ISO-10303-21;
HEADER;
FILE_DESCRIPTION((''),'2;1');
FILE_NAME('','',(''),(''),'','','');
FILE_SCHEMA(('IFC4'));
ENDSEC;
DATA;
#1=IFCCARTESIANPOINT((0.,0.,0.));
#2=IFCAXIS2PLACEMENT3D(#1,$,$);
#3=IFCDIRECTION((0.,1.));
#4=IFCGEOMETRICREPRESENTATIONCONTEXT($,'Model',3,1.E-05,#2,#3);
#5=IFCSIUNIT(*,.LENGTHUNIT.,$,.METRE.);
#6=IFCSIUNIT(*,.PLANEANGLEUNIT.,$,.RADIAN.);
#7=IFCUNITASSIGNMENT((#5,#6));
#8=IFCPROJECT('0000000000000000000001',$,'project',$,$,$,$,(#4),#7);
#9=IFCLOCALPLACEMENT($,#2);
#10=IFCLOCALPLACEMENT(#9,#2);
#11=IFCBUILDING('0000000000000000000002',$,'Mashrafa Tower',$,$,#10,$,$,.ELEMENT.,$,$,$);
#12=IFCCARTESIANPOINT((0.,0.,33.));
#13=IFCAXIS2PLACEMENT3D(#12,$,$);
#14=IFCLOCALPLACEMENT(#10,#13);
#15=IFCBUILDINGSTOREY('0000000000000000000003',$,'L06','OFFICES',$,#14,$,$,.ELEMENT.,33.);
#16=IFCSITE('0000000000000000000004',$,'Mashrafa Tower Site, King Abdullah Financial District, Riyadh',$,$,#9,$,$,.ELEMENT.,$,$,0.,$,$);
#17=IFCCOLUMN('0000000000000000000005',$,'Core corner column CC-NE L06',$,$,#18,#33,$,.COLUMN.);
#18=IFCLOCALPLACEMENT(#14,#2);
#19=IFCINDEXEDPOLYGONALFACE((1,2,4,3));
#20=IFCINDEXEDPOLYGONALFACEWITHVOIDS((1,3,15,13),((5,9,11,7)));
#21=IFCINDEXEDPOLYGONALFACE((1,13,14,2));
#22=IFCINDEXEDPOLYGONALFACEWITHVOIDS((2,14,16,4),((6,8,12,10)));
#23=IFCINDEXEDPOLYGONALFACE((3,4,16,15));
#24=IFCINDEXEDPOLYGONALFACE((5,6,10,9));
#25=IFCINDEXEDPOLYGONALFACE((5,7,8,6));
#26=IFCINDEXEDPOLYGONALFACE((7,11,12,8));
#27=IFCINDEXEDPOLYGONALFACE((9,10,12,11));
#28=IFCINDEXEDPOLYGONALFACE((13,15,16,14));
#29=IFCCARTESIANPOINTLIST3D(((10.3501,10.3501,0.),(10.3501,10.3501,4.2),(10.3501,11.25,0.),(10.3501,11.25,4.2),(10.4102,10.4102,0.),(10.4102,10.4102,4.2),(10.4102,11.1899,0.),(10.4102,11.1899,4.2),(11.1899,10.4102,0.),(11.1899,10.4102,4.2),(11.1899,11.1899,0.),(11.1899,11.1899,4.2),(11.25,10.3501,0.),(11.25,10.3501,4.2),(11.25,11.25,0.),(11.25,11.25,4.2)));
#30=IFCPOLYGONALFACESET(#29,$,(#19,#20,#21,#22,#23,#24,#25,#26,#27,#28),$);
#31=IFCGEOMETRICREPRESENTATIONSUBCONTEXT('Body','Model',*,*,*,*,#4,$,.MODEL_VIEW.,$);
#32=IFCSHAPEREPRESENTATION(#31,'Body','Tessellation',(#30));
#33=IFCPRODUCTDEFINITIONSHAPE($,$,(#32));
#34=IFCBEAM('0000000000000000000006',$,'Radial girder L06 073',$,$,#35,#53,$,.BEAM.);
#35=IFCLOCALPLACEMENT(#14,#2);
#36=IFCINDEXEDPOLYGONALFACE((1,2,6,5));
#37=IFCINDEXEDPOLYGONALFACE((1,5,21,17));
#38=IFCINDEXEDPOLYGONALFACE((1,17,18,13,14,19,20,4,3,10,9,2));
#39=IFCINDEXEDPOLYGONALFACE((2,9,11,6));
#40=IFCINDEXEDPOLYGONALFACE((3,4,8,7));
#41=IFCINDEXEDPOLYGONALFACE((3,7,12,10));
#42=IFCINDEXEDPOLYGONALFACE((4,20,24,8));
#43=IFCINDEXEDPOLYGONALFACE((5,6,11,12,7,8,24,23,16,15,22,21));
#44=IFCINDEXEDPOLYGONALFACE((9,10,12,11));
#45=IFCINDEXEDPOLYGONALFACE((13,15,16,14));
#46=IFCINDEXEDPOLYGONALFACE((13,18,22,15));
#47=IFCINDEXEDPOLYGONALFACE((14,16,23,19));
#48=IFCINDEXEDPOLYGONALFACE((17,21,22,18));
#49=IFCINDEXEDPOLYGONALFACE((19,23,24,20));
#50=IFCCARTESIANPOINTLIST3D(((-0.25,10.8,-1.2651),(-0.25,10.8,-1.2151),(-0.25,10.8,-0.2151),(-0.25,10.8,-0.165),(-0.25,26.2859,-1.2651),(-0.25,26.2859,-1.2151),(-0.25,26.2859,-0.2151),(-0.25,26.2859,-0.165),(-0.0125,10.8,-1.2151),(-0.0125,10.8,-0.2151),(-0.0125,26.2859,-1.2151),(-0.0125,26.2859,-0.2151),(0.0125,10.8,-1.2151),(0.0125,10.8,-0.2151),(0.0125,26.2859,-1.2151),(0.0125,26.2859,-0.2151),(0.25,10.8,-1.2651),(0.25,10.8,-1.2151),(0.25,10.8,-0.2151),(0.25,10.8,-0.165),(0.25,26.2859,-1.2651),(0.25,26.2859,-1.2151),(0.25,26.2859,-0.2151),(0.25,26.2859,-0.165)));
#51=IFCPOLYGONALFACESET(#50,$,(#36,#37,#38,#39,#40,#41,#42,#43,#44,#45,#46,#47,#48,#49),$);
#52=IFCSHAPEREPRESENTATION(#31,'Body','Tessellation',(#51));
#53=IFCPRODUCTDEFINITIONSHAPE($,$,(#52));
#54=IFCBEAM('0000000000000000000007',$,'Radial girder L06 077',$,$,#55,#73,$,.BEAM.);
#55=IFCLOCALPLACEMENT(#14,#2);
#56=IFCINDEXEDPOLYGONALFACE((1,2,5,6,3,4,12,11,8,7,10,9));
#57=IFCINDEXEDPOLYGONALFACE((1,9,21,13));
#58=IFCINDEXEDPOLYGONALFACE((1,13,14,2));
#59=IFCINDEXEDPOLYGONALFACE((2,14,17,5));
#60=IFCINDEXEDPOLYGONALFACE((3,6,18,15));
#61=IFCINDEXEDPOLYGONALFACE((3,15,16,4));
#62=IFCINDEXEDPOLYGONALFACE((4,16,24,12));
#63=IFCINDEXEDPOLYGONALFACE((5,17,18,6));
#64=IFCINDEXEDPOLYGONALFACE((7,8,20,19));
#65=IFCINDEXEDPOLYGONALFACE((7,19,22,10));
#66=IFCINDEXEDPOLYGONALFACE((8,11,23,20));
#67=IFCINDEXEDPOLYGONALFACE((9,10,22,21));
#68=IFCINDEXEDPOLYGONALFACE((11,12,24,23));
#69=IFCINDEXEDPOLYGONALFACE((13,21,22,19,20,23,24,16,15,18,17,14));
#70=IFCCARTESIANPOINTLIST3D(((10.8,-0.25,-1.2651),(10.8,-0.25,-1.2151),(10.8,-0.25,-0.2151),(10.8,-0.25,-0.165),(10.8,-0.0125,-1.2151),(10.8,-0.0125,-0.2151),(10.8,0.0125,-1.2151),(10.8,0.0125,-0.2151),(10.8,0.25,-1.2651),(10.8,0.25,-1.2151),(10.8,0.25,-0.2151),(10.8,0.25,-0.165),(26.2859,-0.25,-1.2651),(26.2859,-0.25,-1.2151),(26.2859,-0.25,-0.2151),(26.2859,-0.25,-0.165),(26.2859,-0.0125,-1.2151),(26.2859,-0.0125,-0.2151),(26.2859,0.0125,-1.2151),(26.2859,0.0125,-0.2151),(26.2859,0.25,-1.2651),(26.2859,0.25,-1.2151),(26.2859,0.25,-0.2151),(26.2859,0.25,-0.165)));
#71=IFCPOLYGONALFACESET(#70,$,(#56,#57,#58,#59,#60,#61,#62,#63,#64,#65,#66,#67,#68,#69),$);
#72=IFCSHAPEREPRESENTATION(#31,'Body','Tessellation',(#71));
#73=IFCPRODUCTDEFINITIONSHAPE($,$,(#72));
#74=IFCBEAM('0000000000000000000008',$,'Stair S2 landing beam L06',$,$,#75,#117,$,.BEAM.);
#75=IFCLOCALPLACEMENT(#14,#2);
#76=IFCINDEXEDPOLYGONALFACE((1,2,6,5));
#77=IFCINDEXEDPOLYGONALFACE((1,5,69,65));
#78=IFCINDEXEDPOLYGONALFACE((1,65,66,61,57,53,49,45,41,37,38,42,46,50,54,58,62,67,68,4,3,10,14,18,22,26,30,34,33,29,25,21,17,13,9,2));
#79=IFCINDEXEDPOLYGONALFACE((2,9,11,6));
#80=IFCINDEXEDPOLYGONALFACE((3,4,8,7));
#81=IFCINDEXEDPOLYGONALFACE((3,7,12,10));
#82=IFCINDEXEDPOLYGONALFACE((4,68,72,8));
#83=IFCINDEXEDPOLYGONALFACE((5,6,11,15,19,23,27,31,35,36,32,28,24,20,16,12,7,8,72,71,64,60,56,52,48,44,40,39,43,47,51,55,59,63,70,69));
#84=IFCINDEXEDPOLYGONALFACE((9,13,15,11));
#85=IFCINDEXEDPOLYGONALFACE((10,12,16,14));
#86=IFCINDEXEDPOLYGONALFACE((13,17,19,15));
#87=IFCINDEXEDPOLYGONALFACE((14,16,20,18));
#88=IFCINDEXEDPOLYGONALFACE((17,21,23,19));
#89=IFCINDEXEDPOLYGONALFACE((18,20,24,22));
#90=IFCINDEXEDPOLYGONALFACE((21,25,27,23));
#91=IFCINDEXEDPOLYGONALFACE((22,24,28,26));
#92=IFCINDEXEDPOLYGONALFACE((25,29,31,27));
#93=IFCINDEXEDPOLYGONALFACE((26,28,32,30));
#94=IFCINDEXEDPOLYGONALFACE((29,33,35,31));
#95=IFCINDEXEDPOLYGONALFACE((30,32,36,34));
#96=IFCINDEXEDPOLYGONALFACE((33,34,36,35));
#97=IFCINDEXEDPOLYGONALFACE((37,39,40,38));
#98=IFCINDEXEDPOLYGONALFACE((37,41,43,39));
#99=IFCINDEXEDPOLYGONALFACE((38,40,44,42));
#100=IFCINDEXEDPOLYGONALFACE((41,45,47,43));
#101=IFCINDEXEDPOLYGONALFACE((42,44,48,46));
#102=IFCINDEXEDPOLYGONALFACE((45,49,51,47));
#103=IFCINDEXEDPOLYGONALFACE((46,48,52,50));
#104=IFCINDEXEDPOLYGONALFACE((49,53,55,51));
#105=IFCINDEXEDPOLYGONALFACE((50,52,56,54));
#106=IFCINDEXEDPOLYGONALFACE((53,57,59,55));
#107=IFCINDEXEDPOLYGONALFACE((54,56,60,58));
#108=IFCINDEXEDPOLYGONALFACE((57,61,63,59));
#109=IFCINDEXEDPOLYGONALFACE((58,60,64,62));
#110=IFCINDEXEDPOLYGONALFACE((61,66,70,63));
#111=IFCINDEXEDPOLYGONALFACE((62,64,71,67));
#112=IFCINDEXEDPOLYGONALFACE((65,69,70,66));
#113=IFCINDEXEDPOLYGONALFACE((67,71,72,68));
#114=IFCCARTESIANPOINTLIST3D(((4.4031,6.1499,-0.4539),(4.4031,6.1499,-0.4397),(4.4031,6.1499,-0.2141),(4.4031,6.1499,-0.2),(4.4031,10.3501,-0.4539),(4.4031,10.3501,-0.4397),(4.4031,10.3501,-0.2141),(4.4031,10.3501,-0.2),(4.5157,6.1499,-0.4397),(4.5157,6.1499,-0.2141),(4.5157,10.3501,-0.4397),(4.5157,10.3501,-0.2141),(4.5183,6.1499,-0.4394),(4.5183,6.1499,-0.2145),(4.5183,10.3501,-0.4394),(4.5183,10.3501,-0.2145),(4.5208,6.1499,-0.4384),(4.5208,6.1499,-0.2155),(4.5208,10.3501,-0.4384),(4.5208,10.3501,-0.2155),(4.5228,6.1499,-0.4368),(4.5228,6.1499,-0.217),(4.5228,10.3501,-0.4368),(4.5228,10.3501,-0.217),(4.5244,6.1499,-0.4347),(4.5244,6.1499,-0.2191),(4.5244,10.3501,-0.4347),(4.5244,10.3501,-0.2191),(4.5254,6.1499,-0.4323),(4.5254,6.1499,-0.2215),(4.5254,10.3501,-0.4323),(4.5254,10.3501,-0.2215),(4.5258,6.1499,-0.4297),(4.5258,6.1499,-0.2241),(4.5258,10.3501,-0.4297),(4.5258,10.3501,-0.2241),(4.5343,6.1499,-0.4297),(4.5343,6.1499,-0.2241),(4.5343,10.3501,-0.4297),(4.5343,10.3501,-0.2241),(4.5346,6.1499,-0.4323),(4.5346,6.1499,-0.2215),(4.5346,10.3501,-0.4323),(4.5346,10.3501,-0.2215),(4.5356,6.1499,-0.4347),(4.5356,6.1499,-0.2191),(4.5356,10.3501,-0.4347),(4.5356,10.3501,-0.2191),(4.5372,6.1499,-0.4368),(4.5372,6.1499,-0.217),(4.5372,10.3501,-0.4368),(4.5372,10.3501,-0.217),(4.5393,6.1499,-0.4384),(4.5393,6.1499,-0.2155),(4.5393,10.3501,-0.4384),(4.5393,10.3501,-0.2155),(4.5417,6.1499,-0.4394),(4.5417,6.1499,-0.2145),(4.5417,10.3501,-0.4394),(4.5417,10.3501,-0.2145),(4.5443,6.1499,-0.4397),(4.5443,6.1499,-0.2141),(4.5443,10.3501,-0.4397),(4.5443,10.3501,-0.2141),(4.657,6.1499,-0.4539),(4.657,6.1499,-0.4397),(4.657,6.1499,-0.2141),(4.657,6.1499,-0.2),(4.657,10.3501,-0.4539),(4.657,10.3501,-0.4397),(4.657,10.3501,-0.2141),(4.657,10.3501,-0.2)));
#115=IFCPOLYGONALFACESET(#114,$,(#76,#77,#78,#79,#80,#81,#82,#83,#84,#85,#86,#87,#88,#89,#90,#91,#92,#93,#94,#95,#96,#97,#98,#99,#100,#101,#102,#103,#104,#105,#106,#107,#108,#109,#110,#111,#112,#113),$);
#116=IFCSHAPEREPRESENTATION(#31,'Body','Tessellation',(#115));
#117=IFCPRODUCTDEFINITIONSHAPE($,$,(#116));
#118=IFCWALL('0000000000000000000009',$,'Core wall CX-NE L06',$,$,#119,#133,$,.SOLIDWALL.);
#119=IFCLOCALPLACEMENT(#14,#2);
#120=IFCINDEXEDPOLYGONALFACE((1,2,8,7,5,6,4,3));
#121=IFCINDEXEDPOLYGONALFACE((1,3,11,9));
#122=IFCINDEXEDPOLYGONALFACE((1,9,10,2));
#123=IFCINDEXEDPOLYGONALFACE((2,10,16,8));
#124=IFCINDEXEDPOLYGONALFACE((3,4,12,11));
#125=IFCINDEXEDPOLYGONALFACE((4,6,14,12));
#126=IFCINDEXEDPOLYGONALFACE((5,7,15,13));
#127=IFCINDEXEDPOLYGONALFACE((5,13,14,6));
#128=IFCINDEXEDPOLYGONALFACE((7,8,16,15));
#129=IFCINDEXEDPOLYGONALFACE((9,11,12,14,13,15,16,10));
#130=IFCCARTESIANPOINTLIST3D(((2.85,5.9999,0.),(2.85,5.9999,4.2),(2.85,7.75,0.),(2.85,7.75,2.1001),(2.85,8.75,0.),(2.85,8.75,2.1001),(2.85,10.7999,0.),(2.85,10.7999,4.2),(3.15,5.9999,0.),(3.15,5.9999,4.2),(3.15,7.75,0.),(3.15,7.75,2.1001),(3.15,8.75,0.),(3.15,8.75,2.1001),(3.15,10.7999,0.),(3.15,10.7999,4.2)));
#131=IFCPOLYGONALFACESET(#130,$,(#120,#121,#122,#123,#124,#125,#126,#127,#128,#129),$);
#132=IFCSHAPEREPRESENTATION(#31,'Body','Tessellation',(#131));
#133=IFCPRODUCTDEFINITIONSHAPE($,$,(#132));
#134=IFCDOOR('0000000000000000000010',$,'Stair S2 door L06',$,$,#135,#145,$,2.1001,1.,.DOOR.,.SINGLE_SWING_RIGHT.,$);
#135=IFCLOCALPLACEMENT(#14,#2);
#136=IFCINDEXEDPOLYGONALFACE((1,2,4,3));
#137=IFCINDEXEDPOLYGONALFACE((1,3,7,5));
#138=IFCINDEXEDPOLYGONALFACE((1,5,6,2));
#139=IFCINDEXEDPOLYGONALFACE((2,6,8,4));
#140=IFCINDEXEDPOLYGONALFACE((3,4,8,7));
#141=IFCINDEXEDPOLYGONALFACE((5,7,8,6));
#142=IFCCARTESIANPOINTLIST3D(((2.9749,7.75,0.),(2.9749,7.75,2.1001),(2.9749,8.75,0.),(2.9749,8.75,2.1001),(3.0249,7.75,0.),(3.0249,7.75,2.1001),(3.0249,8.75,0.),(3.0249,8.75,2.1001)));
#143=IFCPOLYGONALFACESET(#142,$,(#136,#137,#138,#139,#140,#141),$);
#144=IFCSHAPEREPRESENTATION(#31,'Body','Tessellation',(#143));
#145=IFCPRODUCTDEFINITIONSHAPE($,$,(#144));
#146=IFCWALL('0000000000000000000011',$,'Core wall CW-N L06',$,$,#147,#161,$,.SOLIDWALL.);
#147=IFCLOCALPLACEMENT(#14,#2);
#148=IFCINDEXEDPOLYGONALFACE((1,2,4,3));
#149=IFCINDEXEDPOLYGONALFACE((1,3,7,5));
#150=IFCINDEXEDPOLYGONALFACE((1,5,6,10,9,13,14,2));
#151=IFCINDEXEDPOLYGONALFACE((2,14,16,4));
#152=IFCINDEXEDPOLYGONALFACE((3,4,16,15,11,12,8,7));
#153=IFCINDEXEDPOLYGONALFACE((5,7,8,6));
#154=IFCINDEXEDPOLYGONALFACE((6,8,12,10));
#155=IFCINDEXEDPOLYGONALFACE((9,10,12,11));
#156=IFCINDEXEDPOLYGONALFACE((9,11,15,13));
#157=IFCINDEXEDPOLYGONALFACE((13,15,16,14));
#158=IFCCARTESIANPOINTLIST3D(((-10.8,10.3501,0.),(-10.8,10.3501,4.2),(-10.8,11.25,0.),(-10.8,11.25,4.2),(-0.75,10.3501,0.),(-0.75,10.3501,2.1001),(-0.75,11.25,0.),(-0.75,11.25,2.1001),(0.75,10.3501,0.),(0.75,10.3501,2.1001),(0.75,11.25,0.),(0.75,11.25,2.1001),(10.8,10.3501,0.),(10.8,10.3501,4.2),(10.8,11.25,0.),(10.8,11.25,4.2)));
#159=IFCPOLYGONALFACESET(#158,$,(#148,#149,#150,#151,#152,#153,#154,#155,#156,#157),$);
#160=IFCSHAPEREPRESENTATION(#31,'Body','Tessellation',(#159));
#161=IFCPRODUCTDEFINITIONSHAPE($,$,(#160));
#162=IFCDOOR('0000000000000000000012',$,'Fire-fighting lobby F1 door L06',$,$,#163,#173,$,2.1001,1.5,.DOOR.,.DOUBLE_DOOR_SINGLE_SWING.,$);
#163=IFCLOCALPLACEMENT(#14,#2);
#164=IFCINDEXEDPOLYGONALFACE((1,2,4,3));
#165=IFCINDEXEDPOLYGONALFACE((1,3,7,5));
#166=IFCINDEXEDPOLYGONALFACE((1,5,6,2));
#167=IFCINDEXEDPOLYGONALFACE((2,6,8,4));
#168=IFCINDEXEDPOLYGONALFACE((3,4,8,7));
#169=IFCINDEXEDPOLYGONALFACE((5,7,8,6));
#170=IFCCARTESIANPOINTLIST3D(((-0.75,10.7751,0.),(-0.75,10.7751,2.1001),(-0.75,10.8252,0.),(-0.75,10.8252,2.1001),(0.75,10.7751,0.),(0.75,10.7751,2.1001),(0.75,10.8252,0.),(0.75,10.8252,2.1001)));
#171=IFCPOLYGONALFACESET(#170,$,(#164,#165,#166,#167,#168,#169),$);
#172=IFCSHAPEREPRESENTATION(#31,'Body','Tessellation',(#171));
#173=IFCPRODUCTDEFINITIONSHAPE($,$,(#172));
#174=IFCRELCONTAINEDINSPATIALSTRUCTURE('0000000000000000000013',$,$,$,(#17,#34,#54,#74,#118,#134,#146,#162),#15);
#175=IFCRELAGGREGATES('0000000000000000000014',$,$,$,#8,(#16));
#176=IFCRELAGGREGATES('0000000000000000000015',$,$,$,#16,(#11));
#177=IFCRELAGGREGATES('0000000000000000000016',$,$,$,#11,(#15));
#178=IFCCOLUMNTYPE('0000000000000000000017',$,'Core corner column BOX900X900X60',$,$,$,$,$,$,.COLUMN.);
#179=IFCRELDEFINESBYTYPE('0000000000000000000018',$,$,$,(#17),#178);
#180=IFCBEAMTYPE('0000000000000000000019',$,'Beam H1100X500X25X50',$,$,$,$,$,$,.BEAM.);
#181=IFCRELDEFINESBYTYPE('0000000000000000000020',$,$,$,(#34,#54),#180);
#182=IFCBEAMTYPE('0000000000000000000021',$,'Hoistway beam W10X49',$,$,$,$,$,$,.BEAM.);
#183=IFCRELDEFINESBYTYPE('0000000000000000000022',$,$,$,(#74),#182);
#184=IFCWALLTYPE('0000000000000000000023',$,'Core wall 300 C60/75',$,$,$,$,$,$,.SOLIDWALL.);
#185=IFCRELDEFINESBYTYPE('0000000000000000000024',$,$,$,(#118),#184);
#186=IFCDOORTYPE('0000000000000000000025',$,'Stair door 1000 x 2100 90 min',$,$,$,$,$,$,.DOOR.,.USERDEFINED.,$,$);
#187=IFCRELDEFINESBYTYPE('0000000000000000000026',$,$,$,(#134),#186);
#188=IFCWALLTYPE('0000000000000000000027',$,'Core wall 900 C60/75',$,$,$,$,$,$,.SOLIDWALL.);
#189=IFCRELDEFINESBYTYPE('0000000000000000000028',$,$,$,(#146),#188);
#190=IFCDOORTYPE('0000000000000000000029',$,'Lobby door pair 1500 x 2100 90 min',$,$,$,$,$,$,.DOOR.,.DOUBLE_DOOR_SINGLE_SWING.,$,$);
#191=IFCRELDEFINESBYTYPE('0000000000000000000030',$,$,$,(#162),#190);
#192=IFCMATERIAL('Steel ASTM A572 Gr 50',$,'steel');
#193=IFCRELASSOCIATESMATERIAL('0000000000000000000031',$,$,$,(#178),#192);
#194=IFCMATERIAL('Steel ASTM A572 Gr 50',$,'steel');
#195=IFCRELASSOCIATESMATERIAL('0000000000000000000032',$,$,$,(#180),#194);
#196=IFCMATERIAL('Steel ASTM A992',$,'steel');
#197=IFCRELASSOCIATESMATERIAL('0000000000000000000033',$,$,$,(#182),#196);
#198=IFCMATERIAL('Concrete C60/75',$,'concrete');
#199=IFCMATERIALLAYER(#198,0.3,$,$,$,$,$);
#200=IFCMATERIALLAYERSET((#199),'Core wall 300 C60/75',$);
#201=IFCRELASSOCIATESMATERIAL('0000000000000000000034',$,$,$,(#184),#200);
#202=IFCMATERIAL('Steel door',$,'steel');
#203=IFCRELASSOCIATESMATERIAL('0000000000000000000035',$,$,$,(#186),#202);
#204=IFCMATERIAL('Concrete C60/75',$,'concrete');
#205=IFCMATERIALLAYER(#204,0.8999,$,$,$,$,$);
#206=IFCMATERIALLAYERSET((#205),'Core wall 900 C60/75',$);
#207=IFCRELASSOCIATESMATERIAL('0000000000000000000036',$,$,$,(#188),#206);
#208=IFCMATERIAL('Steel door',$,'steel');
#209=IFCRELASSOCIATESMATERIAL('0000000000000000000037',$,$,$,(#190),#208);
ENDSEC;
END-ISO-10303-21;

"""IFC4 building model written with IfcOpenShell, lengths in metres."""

from ifc_helpers import new_model, si_unit, direction, frame, frame_2d, origin, origin_2d, place, context, subcontext, project, spatial, rectangle, hollow_rectangle, i_section, extrude, material, layer, layer_set, material_profile, profile_set, type_object, element, fill, save


model = new_model("IFC4")

# Units and contexts
model_context = context("Model", 3, precision=1e-05, world=origin(), true_north=direction((0.0, 1.0)))
body_context = subcontext(model_context, "Body", "Model", "MODEL_VIEW")
ifc_project = project(units=[si_unit("LENGTHUNIT", "METRE"), si_unit("PLANEANGLEUNIT", "RADIAN")], contexts=[model_context])

# Site, building, storey
site_placement = place(None, origin())
site = spatial("IfcSite", under=ifc_project, at=site_placement, Name="Mashrafa Tower Site, King Abdullah Financial District, Riyadh", CompositionType="ELEMENT", RefElevation=0.0)
building_placement = place(site_placement, origin())
building = spatial("IfcBuilding", under=site, at=building_placement, Name="Mashrafa Tower", CompositionType="ELEMENT")
storey_placement = place(building_placement, frame((0.0, 0.0, 33.0)))
storey = spatial("IfcBuildingStorey", under=building, at=storey_placement, Name="L06", Description="OFFICES", CompositionType="ELEMENT", Elevation=33.0)

# Column
ifc_material_1 = material(Name="Steel ASTM A572 Gr 50", Category="steel")
ifc_material_profile_1 = material_profile(ifc_material_1, hollow_rectangle(XDim=0.8999, YDim=0.8999, WallThickness=0.0601, at=origin_2d()), Name="BOX900X900X60")
ifc_profile_set_1 = profile_set([ifc_material_profile_1], Name="Steel ASTM A572 Gr 50")
column_type = type_object("IfcColumnType", Name="Core corner column BOX900X900X60", PredefinedType="COLUMN", material=ifc_profile_set_1)
column_placement = place(storey_placement, frame((10.8, 10.8, 0.0), z_axis=(0.0, 0.0, 1.0), x_axis=(1.0, 0.0, 0.0)))
element("IfcColumn", 1, at=column_placement, inside=storey, type_object=column_type, Name="Core corner column CC-NE L06", PredefinedType="COLUMN", context=body_context, shape_type="SweptSolid", body=[
    extrude(hollow_rectangle(XDim=0.8999, YDim=0.8999, WallThickness=0.0601, at=origin_2d()), origin(), (0.0, 0.0, 1.0), 4.2),
])

# Beams
ifc_material_2 = material(Name="Steel ASTM A572 Gr 50", Category="steel")
ifc_material_profile_2 = material_profile(ifc_material_2, i_section(OverallWidth=0.5, OverallDepth=1.1001, WebThickness=0.0249, FlangeThickness=0.05, at=origin_2d()), Name="H1100X500X25X50")
ifc_profile_set_2 = profile_set([ifc_material_profile_2], Name="Steel ASTM A572 Gr 50")
beam_type_1 = type_object("IfcBeamType", Name="Beam H1100X500X25X50", PredefinedType="BEAM", material=ifc_profile_set_2)
for number, where, z_axis, x_axis, name in (
    (2, (0.0, 10.8, -0.7151), (0.0, 1.0, 0.0), (-1.0, 0.0, 0.0), "Radial girder L06 073"),
    (3, (10.8, 0.0, -0.7151), (1.0, 0.0, 0.0), (0.0, 1.0, 0.0), "Radial girder L06 077"),
):
    element("IfcBeam", number, at=place(storey_placement, frame(where, z_axis=z_axis, x_axis=x_axis)), inside=storey, type_object=beam_type_1, Name=name, PredefinedType="BEAM", context=body_context, shape_type="SweptSolid", body=[
        extrude(i_section(OverallWidth=0.5, OverallDepth=1.1001, WebThickness=0.0249, FlangeThickness=0.05, at=origin_2d()), origin(), (0.0, 0.0, 1.0), 15.4858),
    ])
ifc_material_3 = material(Name="Steel ASTM A992", Category="steel")
ifc_material_profile_3 = material_profile(ifc_material_3, i_section(OverallWidth=0.2539, OverallDepth=0.2539, WebThickness=0.0085, FlangeThickness=0.0142, FilletRadius=0.01, at=origin_2d()), Name="W10X49")
ifc_profile_set_3 = profile_set([ifc_material_profile_3], Name="Steel ASTM A992")
beam_type_2 = type_object("IfcBeamType", Name="Hoistway beam W10X49", PredefinedType="BEAM", material=ifc_profile_set_3)
beam_placement = place(storey_placement, frame((4.53, 6.1499, -0.3269), z_axis=(0.0, 1.0, 0.0), x_axis=(-1.0, 0.0, 0.0)))
element("IfcBeam", 4, at=beam_placement, inside=storey, type_object=beam_type_2, Name="Stair S2 landing beam L06", PredefinedType="BEAM", context=body_context, shape_type="SweptSolid", body=[
    extrude(i_section(OverallWidth=0.2539, OverallDepth=0.2539, WebThickness=0.0085, FlangeThickness=0.0142, FilletRadius=0.01, at=origin_2d()), origin(), (0.0, 0.0, 1.0), 4.2002),
])

# Walls, openings, doors
ifc_material_4 = material(Name="Concrete C60/75", Category="concrete")
ifc_layer_1 = layer(ifc_material_4, 0.3)
ifc_layer_set_1 = layer_set([ifc_layer_1], Name="Core wall 300 C60/75")
wall_type_1 = type_object("IfcWallType", Name="Core wall 300 C60/75", PredefinedType="SOLIDWALL", material=ifc_layer_set_1)
wall_1_placement = place(storey_placement, frame((3.0, 6.0, 0.0), z_axis=(0.0, 0.0, 1.0), x_axis=(0.0, 1.0, 0.0)))
wall_1 = element("IfcWall", 5, at=wall_1_placement, inside=storey, type_object=wall_type_1, Name="Core wall CX-NE L06", PredefinedType="SOLIDWALL", context=body_context, shape_type="SweptSolid", body=[
    extrude(rectangle(XDim=4.8, YDim=0.3, at=frame_2d((2.3999, 0.0))), origin(), (0.0, 0.0, 1.0), 4.2),
])
opening_1_placement = place(wall_1_placement, frame((1.75, 0.0, 0.0)))
opening_1 = element("IfcOpeningElement", 6, at=opening_1_placement, cuts=wall_1, PredefinedType="OPENING", context=body_context, shape_type="SweptSolid", body=[
    extrude(rectangle(XDim=1.0, YDim=2.1001, at=frame_2d((0.5, 1.05))), frame((0.0, 0.1599, 0.0), z_axis=(0.0, -1.0, 0.0), x_axis=(1.0, 0.0, 0.0)), (0.0, 0.0, 1.0), 0.3201),
])
ifc_material_5 = material(Name="Steel door", Category="steel")
door_type_1 = type_object("IfcDoorType", Name="Stair door 1000 x 2100 90 min", OperationType="USERDEFINED", PredefinedType="DOOR", material=ifc_material_5)
door_1_placement = place(opening_1_placement, frame((1.0, 0.0, 0.0), z_axis=(0.0, 0.0, 1.0), x_axis=(-1.0, 0.0, 0.0)))
door_1 = element("IfcDoor", 7, at=door_1_placement, inside=storey, type_object=door_type_1, Name="Stair S2 door L06", OperationType="SINGLE_SWING_RIGHT", OverallHeight=2.1001, OverallWidth=1.0, PredefinedType="DOOR", context=body_context, shape_type="SweptSolid", body=[
    extrude(rectangle(XDim=1.0, YDim=2.1001, at=frame_2d((0.5, 1.05))), frame((0.0, 0.0249, 0.0), z_axis=(0.0, -1.0, 0.0), x_axis=(1.0, 0.0, 0.0)), (0.0, 0.0, 1.0), 0.05),
])
fill(opening_1, door_1)
ifc_material_6 = material(Name="Concrete C60/75", Category="concrete")
ifc_layer_2 = layer(ifc_material_6, 0.8999)
ifc_layer_set_2 = layer_set([ifc_layer_2], Name="Core wall 900 C60/75")
wall_type_2 = type_object("IfcWallType", Name="Core wall 900 C60/75", PredefinedType="SOLIDWALL", material=ifc_layer_set_2)
wall_2_placement = place(storey_placement, frame((10.8, 10.8, 0.0), z_axis=(0.0, 0.0, 1.0), x_axis=(-1.0, 0.0, 0.0)))
wall_2 = element("IfcWall", 8, at=wall_2_placement, inside=storey, type_object=wall_type_2, Name="Core wall CW-N L06", PredefinedType="SOLIDWALL", context=body_context, shape_type="SweptSolid", body=[
    extrude(rectangle(XDim=21.6001, YDim=0.8999, at=frame_2d((10.8, 0.0))), origin(), (0.0, 0.0, 1.0), 4.2),
])
opening_2_placement = place(wall_2_placement, frame((10.05, 0.0, 0.0)))
opening_2 = element("IfcOpeningElement", 9, at=opening_2_placement, cuts=wall_2, PredefinedType="OPENING", context=body_context, shape_type="SweptSolid", body=[
    extrude(rectangle(XDim=1.5, YDim=2.1001, at=frame_2d((0.75, 1.05))), frame((0.0, 0.46, 0.0), z_axis=(0.0, -1.0, 0.0), x_axis=(1.0, 0.0, 0.0)), (0.0, 0.0, 1.0), 0.9199),
])
ifc_material_7 = material(Name="Steel door", Category="steel")
door_type_2 = type_object("IfcDoorType", Name="Lobby door pair 1500 x 2100 90 min", OperationType="DOUBLE_DOOR_SINGLE_SWING", PredefinedType="DOOR", material=ifc_material_7)
door_2_placement = place(opening_2_placement, origin())
door_2 = element("IfcDoor", 10, at=door_2_placement, inside=storey, type_object=door_type_2, Name="Fire-fighting lobby F1 door L06", OperationType="DOUBLE_DOOR_SINGLE_SWING", OverallHeight=2.1001, OverallWidth=1.5, PredefinedType="DOOR", context=body_context, shape_type="SweptSolid", body=[
    extrude(rectangle(XDim=1.5, YDim=2.1001, at=frame_2d((0.75, 1.05))), frame((0.0, 0.0249, 0.0), z_axis=(0.0, -1.0, 0.0), x_axis=(1.0, 0.0, 0.0)), (0.0, 0.0, 1.0), 0.05),
])
fill(opening_2, door_2)

save(model, "model.ifc")
